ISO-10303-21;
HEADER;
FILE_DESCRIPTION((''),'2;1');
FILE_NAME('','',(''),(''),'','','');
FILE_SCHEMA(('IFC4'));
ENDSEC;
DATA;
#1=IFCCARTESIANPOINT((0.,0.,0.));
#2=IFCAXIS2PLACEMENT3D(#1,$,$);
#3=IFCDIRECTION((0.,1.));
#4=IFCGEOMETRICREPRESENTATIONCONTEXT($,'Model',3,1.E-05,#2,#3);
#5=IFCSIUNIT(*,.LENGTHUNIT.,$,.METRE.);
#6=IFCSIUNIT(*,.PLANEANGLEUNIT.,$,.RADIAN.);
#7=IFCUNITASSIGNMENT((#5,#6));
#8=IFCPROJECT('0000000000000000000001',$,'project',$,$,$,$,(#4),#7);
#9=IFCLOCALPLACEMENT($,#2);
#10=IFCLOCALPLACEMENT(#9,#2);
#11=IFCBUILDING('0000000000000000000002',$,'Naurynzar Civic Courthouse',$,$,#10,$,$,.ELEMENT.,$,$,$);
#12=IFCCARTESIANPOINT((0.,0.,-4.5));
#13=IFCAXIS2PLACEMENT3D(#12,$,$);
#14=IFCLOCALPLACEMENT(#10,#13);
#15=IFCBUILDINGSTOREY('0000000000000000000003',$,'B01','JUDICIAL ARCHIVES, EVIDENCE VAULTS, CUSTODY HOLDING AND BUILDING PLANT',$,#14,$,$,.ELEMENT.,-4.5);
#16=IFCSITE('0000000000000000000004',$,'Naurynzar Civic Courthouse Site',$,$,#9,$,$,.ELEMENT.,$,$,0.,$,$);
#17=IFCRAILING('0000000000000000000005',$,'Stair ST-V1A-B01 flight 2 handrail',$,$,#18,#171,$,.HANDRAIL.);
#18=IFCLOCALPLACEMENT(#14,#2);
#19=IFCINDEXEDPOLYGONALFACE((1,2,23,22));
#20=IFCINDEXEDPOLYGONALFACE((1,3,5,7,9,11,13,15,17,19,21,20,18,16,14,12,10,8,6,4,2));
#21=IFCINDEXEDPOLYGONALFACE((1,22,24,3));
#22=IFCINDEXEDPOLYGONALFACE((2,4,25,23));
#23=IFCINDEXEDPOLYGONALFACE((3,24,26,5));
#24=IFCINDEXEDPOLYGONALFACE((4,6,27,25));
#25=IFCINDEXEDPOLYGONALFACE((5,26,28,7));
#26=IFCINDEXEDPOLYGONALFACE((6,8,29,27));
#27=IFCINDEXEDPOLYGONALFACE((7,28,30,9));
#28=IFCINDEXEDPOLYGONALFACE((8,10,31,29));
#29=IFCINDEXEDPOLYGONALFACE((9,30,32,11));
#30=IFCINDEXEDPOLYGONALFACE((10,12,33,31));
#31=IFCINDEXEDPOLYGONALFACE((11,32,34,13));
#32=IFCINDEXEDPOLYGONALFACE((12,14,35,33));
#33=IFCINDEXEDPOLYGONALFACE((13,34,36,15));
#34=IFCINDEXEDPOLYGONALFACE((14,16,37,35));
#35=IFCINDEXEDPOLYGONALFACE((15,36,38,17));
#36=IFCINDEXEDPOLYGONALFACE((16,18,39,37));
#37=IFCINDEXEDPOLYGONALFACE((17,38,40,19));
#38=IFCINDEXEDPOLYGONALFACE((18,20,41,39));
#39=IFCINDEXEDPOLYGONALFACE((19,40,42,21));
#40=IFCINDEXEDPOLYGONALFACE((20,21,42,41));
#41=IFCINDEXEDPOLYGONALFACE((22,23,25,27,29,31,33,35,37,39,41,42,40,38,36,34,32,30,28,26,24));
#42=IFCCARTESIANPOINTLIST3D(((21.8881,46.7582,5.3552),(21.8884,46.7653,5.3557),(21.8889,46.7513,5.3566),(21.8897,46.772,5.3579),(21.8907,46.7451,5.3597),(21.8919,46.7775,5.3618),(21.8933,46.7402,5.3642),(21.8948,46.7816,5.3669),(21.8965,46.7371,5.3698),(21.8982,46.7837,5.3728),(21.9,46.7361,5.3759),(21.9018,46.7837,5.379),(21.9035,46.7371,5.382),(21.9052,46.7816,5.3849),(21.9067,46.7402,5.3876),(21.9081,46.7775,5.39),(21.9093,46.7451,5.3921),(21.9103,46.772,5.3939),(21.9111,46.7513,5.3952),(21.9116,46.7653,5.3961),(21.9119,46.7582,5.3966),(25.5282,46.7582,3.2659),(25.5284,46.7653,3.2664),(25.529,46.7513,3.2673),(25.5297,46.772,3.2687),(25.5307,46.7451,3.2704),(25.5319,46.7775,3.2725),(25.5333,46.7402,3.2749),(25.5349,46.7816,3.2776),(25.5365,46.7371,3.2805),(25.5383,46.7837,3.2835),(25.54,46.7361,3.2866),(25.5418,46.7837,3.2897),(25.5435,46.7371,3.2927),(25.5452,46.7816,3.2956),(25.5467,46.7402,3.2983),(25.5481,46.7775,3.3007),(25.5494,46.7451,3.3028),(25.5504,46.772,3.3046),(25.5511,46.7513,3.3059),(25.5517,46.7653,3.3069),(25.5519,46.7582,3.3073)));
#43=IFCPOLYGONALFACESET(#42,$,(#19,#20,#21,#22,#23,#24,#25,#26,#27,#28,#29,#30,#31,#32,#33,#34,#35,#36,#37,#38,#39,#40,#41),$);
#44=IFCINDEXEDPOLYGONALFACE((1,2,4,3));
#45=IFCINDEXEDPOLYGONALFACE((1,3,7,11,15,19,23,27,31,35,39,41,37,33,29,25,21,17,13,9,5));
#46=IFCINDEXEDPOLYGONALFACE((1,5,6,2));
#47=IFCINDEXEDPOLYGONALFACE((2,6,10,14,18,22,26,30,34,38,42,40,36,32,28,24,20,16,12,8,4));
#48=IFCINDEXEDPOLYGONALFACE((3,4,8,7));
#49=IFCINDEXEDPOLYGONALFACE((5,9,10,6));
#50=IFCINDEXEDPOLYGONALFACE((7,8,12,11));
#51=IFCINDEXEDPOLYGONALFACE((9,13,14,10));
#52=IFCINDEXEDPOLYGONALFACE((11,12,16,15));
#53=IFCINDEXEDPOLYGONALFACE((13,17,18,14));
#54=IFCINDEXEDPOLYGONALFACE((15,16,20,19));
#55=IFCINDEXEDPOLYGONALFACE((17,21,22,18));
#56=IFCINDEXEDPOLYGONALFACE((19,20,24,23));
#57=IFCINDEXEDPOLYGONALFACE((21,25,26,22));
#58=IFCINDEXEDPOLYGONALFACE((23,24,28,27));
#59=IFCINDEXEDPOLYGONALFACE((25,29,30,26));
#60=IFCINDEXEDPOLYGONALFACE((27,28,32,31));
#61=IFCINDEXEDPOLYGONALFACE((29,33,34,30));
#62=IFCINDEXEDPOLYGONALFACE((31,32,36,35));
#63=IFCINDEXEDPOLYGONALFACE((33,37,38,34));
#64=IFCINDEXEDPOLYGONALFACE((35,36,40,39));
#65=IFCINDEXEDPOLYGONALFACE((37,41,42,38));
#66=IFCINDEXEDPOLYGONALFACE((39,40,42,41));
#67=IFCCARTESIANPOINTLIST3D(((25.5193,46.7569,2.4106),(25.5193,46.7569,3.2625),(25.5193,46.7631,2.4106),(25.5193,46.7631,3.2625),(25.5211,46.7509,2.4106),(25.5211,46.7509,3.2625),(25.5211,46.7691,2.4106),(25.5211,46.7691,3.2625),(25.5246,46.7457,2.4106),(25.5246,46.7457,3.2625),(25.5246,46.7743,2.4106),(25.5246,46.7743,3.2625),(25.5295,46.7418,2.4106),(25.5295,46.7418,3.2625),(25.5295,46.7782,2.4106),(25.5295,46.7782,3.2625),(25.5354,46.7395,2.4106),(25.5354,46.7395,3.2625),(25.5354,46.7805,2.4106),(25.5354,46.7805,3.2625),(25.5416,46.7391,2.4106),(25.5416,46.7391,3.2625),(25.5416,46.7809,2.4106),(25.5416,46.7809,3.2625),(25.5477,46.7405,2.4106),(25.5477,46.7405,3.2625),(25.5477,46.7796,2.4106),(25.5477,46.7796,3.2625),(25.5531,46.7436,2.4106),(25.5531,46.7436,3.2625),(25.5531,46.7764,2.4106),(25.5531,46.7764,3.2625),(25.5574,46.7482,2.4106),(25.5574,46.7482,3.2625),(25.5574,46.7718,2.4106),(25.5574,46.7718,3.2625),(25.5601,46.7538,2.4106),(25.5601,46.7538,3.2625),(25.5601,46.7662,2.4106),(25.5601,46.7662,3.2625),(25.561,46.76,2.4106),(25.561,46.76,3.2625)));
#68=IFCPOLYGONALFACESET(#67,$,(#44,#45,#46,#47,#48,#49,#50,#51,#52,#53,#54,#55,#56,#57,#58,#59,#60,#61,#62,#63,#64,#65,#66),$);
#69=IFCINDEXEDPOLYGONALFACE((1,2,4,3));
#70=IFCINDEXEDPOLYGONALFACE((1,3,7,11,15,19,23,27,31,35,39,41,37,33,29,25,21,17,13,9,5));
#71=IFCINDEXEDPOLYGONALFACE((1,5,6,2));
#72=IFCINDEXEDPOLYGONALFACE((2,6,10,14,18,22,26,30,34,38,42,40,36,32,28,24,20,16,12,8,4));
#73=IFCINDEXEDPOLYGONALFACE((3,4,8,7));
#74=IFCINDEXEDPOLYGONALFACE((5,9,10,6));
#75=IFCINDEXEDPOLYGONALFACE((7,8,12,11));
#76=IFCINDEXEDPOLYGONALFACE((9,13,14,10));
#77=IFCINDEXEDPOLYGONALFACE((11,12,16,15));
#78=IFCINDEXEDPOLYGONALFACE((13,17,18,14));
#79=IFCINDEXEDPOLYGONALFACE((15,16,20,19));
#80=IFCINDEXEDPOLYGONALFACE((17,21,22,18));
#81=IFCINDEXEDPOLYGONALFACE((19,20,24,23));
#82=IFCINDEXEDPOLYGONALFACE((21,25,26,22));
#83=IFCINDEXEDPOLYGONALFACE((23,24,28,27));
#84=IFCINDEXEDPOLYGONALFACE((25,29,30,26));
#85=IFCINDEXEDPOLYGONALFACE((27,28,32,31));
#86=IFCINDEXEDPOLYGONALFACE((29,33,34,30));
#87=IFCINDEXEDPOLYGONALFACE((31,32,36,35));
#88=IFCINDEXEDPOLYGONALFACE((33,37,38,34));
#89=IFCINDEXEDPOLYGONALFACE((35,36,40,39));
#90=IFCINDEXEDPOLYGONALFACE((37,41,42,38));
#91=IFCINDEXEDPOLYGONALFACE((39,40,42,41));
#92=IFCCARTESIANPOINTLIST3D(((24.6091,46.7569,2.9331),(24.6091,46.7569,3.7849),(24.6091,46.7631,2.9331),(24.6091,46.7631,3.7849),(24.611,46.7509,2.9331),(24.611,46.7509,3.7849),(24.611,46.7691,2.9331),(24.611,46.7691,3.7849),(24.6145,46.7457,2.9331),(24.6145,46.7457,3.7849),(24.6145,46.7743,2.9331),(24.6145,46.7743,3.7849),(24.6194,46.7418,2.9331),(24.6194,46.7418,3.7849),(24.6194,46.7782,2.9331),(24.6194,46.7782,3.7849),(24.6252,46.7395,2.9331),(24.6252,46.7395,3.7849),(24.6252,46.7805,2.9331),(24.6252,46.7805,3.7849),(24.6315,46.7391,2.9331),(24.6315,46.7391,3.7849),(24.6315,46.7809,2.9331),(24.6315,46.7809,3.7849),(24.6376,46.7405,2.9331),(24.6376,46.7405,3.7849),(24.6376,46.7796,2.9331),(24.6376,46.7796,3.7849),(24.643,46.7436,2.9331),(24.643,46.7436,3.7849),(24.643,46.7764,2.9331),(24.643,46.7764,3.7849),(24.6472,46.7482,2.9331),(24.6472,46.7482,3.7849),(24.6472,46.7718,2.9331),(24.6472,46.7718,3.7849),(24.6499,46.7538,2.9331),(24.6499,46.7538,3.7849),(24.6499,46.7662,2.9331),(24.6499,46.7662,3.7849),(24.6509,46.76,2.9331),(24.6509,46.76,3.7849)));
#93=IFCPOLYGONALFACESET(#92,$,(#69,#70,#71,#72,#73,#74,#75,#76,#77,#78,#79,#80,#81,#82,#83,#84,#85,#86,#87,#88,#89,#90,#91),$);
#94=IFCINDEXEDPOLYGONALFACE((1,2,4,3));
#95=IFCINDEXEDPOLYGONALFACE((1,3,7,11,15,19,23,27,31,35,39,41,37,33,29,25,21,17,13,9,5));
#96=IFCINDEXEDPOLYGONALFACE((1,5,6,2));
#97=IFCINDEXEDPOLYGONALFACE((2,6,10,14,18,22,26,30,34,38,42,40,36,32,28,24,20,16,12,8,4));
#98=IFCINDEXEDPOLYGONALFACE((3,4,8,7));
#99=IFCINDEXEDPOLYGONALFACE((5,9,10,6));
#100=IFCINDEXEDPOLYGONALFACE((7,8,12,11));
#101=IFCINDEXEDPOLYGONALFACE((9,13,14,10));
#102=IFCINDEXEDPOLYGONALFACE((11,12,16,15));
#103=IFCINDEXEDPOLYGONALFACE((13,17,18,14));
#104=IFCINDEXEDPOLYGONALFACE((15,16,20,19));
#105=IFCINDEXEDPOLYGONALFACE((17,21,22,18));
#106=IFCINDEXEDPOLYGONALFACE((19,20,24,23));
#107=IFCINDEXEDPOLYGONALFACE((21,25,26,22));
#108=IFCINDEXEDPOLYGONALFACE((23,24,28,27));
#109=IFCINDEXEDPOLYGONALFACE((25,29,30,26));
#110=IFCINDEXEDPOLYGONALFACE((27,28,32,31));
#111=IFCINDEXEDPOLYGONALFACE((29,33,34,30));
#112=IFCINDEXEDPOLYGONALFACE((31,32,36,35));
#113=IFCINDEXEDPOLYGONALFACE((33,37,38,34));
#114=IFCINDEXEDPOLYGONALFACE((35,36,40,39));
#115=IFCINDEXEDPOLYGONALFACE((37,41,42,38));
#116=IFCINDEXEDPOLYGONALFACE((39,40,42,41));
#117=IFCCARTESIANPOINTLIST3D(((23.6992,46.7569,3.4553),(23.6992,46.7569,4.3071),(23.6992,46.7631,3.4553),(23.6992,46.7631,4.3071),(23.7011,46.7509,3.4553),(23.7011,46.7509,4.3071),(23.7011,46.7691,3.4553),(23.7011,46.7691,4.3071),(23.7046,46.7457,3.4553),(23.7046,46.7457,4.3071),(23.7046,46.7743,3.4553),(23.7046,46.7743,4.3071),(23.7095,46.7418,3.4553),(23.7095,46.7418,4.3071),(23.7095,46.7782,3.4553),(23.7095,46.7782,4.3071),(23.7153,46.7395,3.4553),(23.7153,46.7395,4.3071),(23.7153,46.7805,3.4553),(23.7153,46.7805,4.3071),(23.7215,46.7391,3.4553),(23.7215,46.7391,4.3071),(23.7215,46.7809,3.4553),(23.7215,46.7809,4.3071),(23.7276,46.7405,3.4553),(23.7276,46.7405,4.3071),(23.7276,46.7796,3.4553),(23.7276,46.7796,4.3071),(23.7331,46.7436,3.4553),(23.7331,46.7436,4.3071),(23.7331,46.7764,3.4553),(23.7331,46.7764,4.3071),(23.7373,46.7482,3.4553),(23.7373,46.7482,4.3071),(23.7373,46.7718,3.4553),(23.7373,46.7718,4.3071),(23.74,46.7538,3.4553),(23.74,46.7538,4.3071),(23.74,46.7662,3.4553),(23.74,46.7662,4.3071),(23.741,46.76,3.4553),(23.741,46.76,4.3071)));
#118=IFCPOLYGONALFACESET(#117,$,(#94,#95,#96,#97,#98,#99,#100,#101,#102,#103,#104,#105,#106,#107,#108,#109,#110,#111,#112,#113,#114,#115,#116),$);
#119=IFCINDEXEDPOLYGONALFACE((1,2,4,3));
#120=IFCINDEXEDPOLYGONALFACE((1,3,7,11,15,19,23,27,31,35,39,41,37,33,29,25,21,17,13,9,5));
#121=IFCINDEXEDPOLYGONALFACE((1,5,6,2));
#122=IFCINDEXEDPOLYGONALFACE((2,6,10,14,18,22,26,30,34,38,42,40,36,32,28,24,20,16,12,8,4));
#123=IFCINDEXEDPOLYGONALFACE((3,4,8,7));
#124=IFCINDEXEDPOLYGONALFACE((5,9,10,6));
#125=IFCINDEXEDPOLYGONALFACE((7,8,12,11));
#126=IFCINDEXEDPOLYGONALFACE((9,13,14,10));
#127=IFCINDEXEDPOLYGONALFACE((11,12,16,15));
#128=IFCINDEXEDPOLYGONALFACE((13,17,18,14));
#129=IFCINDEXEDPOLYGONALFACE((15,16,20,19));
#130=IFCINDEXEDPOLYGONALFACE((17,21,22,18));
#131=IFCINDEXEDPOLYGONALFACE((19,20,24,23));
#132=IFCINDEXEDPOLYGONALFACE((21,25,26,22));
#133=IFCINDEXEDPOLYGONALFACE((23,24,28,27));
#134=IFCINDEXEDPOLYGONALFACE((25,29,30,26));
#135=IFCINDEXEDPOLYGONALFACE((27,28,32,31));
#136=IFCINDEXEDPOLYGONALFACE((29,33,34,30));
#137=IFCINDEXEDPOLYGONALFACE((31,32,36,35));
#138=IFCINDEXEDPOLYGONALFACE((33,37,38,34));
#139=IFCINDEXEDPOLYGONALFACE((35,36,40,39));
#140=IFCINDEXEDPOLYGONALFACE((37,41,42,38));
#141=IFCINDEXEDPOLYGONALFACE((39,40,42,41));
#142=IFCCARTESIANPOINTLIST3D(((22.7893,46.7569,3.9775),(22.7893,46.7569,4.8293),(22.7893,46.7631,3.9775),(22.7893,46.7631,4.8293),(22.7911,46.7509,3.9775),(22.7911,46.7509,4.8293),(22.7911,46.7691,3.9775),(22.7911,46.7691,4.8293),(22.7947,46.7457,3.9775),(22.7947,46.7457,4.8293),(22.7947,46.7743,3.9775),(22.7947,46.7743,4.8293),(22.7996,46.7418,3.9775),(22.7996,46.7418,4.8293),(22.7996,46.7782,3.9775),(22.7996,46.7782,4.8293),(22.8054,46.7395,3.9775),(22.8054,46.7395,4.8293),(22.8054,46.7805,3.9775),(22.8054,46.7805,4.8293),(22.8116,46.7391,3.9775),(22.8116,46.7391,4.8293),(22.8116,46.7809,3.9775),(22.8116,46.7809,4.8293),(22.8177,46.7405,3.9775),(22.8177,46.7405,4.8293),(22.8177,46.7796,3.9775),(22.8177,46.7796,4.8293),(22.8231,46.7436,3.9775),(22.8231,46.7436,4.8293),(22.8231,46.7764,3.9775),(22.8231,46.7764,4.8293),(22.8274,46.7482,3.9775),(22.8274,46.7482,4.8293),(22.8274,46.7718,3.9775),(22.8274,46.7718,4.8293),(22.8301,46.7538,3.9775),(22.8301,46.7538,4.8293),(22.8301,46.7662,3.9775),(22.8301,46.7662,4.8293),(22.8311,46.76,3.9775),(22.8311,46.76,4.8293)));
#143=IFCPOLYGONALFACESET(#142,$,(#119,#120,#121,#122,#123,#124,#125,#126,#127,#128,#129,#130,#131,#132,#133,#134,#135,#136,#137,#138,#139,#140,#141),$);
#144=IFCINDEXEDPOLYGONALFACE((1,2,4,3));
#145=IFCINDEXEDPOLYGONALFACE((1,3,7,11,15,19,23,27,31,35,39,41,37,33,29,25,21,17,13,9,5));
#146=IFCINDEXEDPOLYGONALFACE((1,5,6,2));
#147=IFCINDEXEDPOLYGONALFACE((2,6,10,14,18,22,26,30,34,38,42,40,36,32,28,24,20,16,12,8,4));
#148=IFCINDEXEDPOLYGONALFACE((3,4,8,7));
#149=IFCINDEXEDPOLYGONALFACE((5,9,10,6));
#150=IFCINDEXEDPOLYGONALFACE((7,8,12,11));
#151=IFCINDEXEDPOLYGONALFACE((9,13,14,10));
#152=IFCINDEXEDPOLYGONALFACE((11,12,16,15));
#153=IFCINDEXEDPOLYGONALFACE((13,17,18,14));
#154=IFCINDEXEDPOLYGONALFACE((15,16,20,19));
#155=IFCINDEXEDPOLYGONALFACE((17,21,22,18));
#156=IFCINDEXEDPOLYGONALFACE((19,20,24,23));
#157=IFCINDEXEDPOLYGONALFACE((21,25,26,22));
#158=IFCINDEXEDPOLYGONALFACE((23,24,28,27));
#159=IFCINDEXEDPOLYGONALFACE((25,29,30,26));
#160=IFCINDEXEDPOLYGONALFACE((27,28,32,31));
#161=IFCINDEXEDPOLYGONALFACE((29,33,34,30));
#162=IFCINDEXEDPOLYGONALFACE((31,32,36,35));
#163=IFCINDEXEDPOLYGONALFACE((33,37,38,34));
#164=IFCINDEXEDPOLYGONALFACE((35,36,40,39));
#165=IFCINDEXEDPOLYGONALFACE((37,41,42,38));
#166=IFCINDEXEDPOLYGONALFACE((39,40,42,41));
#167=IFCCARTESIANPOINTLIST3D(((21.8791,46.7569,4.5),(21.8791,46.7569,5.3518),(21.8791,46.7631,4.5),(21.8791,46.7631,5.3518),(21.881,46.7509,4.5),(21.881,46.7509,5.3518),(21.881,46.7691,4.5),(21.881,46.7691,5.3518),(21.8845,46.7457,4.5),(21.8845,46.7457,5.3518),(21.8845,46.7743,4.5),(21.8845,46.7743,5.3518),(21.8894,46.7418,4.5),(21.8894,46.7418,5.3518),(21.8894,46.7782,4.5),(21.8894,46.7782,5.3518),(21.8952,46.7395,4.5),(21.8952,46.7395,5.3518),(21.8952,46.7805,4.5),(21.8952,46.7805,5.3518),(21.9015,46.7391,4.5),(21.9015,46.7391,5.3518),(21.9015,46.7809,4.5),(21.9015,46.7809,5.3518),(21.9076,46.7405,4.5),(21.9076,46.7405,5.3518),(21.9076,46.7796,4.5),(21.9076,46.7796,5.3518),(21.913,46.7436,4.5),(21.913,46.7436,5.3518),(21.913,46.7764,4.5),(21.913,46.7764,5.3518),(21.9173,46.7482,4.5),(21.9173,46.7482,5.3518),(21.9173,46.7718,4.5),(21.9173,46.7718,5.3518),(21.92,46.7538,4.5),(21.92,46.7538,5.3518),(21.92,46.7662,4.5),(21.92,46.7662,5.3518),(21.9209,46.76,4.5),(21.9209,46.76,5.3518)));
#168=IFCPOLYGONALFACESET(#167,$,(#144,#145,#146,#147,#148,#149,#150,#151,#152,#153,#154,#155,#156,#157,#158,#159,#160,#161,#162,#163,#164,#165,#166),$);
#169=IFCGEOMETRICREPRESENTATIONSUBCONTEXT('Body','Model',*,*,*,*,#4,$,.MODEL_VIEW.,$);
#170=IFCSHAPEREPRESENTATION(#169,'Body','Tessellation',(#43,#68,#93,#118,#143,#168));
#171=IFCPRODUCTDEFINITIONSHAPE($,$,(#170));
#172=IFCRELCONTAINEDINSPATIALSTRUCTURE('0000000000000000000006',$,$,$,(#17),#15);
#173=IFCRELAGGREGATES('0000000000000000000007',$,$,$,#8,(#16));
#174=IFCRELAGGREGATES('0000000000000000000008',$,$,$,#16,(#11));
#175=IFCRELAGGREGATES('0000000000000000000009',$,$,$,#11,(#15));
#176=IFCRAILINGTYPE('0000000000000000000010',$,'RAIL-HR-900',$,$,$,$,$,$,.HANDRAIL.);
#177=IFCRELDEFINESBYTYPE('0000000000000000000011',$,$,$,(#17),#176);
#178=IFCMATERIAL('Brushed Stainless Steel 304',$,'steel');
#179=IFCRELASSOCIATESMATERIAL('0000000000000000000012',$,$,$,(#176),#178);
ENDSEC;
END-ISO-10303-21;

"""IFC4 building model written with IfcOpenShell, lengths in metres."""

from ifc_helpers import new_model, si_unit, direction, frame, origin, origin_2d, place, context, subcontext, project, spatial, circle, extrude, material, type_object, element, save


model = new_model("IFC4")

# Units and contexts
model_context = context("Model", 3, precision=1e-05, world=origin(), true_north=direction((0.0, 1.0)))
body_context = subcontext(model_context, "Body", "Model", "MODEL_VIEW")
ifc_project = project(units=[si_unit("LENGTHUNIT", "METRE"), si_unit("PLANEANGLEUNIT", "RADIAN")], contexts=[model_context])

# Site, building, storey
site_placement = place(None, origin())
site = spatial("IfcSite", under=ifc_project, at=site_placement, Name="Naurynzar Civic Courthouse Site", CompositionType="ELEMENT", RefElevation=0.0)
building_placement = place(site_placement, origin())
building = spatial("IfcBuilding", under=site, at=building_placement, Name="Naurynzar Civic Courthouse", CompositionType="ELEMENT")
storey_placement = place(building_placement, frame((0.0, 0.0, -4.5)))
storey = spatial("IfcBuildingStorey", under=building, at=storey_placement, Name="B01", Description="JUDICIAL ARCHIVES, EVIDENCE VAULTS, CUSTODY HOLDING AND BUILDING PLANT", CompositionType="ELEMENT", Elevation=-4.5)

# Railing
ifc_material_1 = material(Name="Brushed Stainless Steel 304", Category="steel")
railing_type_1 = type_object("IfcRailingType", Name="RAIL-HR-900", PredefinedType="HANDRAIL", material=ifc_material_1)
railing_1_placement = place(storey_placement, frame((25.54, 46.76, 2.4106)))
element("IfcRailing", 1, at=railing_1_placement, inside=storey, type_object=railing_type_1, Name="Stair ST-V1A-B01 flight 2 handrail", PredefinedType="HANDRAIL", context=body_context, shape_type="SweptSolid", body=[
    extrude(circle(Radius=0.0239, at=origin_2d()), frame((0.0, 0.0, 0.876), z_axis=(-0.867289, 0.0, 0.497804), x_axis=(0.0, -1.0, 0.0)), (0.0, 0.0, 1.0), 4.197),
    extrude(circle(Radius=0.021, at=origin_2d()), origin(), (0.0, 0.0, 1.0), 0.8518),
    extrude(circle(Radius=0.021, at=origin_2d()), frame((-0.9102, 0.0, 0.5225)), (0.0, 0.0, 1.0), 0.8518),
    extrude(circle(Radius=0.021, at=origin_2d()), frame((-1.8201, 0.0, 1.0447)), (0.0, 0.0, 1.0), 0.8518),
    extrude(circle(Radius=0.021, at=origin_2d()), frame((-2.73, 0.0, 1.5669)), (0.0, 0.0, 1.0), 0.8518),
    extrude(circle(Radius=0.021, at=origin_2d()), frame((-3.6401, 0.0, 2.0894)), (0.0, 0.0, 1.0), 0.8518),
])

save(model, "model.ifc")
